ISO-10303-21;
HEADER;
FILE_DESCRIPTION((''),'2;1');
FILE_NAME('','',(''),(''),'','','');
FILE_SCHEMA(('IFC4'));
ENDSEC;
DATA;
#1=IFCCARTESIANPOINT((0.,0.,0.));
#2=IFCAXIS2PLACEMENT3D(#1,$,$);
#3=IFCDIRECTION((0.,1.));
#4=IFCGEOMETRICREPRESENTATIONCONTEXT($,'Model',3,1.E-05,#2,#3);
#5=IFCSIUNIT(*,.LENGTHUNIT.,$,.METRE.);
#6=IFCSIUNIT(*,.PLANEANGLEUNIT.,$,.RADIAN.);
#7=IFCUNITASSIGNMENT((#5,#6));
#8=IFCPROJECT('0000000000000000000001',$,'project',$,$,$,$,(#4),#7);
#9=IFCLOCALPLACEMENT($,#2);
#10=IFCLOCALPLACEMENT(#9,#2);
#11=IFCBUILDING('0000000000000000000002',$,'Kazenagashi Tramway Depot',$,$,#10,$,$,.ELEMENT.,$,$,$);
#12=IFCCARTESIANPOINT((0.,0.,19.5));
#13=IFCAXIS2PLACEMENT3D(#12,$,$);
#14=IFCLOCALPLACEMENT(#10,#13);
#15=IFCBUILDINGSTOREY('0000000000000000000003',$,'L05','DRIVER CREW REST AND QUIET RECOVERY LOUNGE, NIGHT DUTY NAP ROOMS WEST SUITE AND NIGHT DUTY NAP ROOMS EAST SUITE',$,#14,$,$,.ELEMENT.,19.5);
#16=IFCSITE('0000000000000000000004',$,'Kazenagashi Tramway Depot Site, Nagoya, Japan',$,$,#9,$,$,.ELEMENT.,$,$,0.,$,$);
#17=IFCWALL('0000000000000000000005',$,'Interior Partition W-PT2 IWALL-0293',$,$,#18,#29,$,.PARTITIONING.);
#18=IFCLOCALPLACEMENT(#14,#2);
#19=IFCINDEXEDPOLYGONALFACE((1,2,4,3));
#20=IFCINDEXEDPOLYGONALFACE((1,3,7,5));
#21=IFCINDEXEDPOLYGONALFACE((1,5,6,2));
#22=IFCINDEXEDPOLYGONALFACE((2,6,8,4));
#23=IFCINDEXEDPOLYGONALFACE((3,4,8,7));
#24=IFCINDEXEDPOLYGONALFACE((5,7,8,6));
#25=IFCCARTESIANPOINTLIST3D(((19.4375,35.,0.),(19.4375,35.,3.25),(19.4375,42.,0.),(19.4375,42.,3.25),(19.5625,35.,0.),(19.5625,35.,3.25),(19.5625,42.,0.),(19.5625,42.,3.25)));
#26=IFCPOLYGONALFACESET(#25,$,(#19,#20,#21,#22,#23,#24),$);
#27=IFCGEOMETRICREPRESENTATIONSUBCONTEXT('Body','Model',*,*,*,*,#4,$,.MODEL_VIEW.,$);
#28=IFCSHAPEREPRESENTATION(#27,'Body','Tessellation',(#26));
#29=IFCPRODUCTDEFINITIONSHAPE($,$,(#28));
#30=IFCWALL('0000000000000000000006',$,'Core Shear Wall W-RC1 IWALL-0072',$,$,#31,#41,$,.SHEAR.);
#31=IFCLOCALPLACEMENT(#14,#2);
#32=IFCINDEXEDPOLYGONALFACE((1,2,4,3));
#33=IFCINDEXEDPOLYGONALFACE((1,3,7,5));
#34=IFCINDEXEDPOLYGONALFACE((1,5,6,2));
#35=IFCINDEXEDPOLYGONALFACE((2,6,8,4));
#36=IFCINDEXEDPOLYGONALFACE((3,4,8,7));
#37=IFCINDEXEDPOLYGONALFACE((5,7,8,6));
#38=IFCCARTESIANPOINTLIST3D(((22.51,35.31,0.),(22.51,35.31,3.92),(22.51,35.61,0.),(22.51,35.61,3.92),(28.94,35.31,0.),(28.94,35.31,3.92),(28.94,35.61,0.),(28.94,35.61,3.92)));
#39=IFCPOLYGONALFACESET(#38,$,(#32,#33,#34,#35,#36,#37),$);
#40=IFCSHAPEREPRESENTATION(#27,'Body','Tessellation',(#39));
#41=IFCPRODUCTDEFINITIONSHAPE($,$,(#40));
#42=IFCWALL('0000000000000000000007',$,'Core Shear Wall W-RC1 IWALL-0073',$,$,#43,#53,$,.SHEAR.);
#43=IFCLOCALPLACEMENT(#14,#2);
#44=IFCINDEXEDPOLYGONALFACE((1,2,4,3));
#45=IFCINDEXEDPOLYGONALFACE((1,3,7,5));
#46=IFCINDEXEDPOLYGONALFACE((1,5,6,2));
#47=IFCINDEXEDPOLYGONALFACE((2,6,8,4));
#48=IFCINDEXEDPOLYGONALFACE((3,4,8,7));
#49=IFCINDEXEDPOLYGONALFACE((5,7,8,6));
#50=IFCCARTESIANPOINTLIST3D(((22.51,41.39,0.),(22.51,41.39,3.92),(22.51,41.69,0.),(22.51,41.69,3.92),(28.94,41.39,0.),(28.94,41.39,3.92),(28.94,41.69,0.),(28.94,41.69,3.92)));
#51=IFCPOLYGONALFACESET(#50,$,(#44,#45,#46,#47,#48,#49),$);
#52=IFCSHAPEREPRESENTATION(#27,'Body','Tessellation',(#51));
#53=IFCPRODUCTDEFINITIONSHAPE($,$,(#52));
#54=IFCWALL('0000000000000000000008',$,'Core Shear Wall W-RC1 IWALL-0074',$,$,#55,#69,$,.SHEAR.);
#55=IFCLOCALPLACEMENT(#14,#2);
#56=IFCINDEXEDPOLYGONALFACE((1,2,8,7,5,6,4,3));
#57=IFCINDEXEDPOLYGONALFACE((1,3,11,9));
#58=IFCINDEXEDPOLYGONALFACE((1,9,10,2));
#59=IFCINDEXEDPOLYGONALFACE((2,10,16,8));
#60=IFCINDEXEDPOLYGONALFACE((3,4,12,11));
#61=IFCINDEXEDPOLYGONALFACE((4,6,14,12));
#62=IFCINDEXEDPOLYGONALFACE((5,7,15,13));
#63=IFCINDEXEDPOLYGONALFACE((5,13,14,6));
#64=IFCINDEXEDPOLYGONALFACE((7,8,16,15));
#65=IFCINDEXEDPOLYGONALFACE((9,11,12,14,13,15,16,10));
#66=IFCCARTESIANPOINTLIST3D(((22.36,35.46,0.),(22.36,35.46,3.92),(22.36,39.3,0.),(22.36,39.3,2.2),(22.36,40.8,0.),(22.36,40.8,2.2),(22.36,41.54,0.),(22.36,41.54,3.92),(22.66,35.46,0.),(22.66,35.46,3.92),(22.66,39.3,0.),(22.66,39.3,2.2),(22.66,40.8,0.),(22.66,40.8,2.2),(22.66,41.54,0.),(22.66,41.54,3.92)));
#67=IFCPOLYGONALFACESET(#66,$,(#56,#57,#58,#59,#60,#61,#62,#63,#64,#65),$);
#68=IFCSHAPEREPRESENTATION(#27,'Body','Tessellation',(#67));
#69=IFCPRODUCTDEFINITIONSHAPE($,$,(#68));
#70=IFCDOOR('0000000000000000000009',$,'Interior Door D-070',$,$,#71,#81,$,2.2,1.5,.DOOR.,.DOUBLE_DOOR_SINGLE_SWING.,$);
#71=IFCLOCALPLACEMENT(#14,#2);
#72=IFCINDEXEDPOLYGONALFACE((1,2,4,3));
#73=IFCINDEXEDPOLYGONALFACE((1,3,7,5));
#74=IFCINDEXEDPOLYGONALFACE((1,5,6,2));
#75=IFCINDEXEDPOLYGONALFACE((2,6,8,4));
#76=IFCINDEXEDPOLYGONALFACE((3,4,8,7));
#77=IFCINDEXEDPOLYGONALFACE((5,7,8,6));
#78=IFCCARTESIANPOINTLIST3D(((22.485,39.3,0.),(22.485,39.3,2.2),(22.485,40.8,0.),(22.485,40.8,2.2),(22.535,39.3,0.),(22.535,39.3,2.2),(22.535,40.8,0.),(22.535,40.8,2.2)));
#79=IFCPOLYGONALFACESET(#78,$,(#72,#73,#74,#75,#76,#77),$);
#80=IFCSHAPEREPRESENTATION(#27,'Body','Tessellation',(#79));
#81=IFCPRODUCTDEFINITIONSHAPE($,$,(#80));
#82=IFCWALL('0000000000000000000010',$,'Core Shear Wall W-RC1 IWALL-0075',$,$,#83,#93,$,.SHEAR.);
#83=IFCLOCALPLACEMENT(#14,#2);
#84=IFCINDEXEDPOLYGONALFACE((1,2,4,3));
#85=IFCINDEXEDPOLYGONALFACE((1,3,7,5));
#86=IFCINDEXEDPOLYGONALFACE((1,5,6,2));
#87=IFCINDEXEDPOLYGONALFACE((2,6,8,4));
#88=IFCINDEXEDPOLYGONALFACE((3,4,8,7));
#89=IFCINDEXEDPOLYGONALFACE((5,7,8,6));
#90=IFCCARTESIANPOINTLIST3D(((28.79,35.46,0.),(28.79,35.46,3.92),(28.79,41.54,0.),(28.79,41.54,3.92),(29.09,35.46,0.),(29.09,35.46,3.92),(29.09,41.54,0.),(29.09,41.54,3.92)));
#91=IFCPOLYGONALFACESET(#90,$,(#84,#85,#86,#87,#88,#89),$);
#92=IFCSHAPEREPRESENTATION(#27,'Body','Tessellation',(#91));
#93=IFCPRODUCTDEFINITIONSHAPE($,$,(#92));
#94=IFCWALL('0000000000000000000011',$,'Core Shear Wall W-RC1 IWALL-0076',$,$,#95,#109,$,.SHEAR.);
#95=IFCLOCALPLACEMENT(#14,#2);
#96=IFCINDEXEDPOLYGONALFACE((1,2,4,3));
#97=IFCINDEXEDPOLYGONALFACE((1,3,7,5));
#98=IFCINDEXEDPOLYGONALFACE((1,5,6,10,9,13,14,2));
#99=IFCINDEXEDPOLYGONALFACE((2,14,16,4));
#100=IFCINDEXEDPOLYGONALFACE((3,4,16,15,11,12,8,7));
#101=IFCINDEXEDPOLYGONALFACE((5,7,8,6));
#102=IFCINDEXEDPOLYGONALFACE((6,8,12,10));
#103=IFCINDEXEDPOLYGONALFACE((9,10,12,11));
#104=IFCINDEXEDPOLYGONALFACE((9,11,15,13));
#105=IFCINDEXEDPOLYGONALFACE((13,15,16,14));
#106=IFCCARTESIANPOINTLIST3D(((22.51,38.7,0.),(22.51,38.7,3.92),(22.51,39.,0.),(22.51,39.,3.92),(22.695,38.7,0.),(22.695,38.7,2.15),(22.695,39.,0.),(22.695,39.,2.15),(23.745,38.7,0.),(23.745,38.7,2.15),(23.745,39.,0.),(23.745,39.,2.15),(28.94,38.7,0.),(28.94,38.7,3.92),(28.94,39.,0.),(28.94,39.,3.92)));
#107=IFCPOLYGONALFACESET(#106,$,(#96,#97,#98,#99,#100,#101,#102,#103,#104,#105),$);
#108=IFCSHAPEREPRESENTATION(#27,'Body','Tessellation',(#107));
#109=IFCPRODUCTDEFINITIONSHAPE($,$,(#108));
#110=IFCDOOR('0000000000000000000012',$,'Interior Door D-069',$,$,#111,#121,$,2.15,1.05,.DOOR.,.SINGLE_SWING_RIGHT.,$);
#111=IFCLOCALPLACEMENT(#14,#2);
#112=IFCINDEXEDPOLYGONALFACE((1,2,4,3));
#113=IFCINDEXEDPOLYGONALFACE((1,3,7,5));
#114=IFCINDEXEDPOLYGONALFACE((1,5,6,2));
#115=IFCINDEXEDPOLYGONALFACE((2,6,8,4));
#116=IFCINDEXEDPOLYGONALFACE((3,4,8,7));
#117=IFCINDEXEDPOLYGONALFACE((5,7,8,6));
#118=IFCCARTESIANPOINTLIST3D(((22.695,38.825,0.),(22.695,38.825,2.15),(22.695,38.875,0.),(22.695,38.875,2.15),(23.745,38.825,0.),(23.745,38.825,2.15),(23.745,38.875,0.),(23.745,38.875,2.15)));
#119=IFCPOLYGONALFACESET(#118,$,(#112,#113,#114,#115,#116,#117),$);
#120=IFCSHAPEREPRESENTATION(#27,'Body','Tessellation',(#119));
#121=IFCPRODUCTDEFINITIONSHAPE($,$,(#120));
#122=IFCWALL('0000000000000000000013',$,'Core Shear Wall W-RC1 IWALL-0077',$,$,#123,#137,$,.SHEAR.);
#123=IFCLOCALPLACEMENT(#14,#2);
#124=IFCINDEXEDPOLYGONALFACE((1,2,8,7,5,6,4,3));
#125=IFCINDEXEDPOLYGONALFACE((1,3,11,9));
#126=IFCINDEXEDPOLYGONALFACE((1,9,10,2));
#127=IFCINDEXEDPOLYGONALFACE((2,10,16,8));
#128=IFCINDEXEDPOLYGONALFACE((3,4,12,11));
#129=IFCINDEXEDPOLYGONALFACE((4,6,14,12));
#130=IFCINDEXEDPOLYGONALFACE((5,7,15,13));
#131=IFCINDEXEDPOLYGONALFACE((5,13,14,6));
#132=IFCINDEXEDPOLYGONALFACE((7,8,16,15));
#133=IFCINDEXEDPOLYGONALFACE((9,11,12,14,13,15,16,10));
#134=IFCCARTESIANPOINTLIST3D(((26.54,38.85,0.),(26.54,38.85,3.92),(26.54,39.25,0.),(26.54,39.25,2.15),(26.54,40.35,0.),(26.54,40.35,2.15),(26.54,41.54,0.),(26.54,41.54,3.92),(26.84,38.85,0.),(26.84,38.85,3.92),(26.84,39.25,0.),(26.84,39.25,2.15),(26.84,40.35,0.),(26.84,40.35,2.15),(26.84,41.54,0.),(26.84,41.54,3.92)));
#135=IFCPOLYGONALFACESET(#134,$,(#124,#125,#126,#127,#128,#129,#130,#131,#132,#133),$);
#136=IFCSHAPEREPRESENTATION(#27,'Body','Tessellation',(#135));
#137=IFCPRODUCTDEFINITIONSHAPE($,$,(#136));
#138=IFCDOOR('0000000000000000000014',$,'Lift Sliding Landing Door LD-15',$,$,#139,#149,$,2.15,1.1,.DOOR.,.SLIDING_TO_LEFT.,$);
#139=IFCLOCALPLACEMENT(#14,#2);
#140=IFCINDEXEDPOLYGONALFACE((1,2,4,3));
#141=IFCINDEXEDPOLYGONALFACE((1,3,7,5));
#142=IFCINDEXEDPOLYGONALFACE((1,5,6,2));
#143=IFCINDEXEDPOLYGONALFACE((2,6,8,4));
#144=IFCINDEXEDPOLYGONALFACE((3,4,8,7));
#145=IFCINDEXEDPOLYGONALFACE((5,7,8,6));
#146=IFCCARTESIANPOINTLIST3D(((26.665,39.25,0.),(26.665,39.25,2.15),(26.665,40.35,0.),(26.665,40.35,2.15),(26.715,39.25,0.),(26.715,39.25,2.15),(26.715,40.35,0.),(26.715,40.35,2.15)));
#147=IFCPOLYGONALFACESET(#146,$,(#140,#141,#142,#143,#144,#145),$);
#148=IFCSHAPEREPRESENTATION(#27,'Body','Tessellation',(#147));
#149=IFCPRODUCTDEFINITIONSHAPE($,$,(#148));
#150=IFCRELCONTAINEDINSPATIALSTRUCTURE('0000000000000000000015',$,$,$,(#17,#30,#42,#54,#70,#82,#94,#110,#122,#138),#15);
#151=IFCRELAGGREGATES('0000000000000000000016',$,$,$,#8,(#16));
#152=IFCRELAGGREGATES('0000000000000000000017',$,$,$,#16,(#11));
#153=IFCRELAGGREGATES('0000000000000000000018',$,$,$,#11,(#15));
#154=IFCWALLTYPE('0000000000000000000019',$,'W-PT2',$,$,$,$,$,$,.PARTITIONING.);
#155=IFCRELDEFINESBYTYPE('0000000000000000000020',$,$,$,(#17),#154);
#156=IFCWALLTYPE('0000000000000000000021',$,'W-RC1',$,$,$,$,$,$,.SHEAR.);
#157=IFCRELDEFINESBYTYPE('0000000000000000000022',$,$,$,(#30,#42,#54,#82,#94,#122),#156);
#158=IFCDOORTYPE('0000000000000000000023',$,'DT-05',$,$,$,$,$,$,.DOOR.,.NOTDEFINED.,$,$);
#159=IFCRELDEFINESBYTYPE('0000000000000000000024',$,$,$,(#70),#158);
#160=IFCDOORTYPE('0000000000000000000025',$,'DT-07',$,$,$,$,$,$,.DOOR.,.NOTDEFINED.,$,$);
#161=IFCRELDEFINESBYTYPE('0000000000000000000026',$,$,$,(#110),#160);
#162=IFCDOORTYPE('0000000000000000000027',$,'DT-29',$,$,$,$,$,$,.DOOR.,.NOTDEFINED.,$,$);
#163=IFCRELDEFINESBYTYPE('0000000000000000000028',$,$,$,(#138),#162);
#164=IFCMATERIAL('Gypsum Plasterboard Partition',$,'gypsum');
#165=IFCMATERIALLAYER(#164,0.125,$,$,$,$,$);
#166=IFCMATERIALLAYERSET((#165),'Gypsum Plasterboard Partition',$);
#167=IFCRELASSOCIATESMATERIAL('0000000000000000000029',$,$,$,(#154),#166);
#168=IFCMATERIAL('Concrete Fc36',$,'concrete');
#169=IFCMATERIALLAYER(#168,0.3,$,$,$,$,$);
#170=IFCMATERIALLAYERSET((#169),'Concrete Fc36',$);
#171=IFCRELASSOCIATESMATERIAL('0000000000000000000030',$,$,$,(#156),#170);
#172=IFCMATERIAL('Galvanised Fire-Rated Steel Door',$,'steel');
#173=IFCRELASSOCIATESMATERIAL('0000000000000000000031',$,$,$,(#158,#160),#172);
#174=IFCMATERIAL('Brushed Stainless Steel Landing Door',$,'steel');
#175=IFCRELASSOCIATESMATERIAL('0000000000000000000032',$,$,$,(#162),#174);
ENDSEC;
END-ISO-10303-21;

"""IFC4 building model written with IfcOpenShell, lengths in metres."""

from ifc_helpers import new_model, si_unit, direction, frame, frame_2d, origin, place, context, subcontext, project, spatial, rectangle, extrude, material, layer, layer_set, type_object, element, fill, save


model = new_model("IFC4")

# Units and contexts
model_context = context("Model", 3, precision=1e-05, world=origin(), true_north=direction((0.0, 1.0)))
body_context = subcontext(model_context, "Body", "Model", "MODEL_VIEW")
ifc_project = project(units=[si_unit("LENGTHUNIT", "METRE"), si_unit("PLANEANGLEUNIT", "RADIAN")], contexts=[model_context])

# Site, building, storey
site_placement = place(None, origin())
site = spatial("IfcSite", under=ifc_project, at=site_placement, Name="Kazenagashi Tramway Depot Site, Nagoya, Japan", CompositionType="ELEMENT", RefElevation=0.0)
building_placement = place(site_placement, origin())
building = spatial("IfcBuilding", under=site, at=building_placement, Name="Kazenagashi Tramway Depot", CompositionType="ELEMENT")
storey_placement = place(building_placement, frame((0.0, 0.0, 19.5)))
storey = spatial("IfcBuildingStorey", under=building, at=storey_placement, Name="L05", Description="DRIVER CREW REST AND QUIET RECOVERY LOUNGE, NIGHT DUTY NAP ROOMS WEST SUITE AND NIGHT DUTY NAP ROOMS EAST SUITE", CompositionType="ELEMENT", Elevation=19.5)

# Walls
ifc_material_1 = material(Name="Gypsum Plasterboard Partition", Category="gypsum")
ifc_layer_1 = layer(ifc_material_1, 0.125)
ifc_layer_set_1 = layer_set([ifc_layer_1], Name="Gypsum Plasterboard Partition")
wall_type_1 = type_object("IfcWallType", Name="W-PT2", PredefinedType="PARTITIONING", material=ifc_layer_set_1)
wall_1_placement = place(storey_placement, frame((19.5, 35.0, 0.0), z_axis=(0.0, 0.0, 1.0), x_axis=(0.0, 1.0, 0.0)))
element("IfcWall", 1, at=wall_1_placement, inside=storey, type_object=wall_type_1, Name="Interior Partition W-PT2 IWALL-0293", PredefinedType="PARTITIONING", context=body_context, shape_type="SweptSolid", body=[
    extrude(rectangle(XDim=7.0, YDim=0.125, at=frame_2d((3.5, 0.0))), origin(), (0.0, 0.0, 1.0), 3.25),
])
ifc_material_2 = material(Name="Concrete Fc36", Category="concrete")
ifc_layer_2 = layer(ifc_material_2, 0.3)
ifc_layer_set_2 = layer_set([ifc_layer_2], Name="Concrete Fc36")
wall_type_2 = type_object("IfcWallType", Name="W-RC1", PredefinedType="SHEAR", material=ifc_layer_set_2)
for number, where, z_axis, x_axis, name in (
    (2, (22.51, 35.46, 0.0), (0.0, 0.0, 1.0), (1.0, 0.0, 0.0), "Core Shear Wall W-RC1 IWALL-0072"),
    (3, (22.51, 41.54, 0.0), (0.0, 0.0, 1.0), (1.0, 0.0, 0.0), "Core Shear Wall W-RC1 IWALL-0073"),
):
    element("IfcWall", number, at=place(storey_placement, frame(where, z_axis=z_axis, x_axis=x_axis)), inside=storey, type_object=wall_type_2, Name=name, PredefinedType="SHEAR", context=body_context, shape_type="SweptSolid", body=[
        extrude(rectangle(XDim=6.43, YDim=0.3, at=frame_2d((3.215, 0.0))), origin(), (0.0, 0.0, 1.0), 3.92),
    ])

# Wall, opening, door
wall_2_placement = place(storey_placement, frame((22.51, 35.46, 0.0), z_axis=(0.0, 0.0, 1.0), x_axis=(0.0, 1.0, 0.0)))
wall_2 = element("IfcWall", 4, at=wall_2_placement, inside=storey, type_object=wall_type_2, Name="Core Shear Wall W-RC1 IWALL-0074", PredefinedType="SHEAR", context=body_context, shape_type="SweptSolid", body=[
    extrude(rectangle(XDim=6.08, YDim=0.3, at=frame_2d((3.04, 0.0))), origin(), (0.0, 0.0, 1.0), 3.92),
])
opening_1_placement = place(wall_2_placement, frame((3.84, 0.0, 0.0)))
opening_1 = element("IfcOpeningElement", 5, at=opening_1_placement, cuts=wall_2, PredefinedType="OPENING", context=body_context, shape_type="SweptSolid", body=[
    extrude(rectangle(XDim=1.5, YDim=2.2, at=frame_2d((0.75, 1.1))), frame((0.0, 0.16, 0.0), z_axis=(0.0, -1.0, 0.0), x_axis=(1.0, 0.0, 0.0)), (0.0, 0.0, 1.0), 0.32),
])
ifc_material_3 = material(Name="Galvanised Fire-Rated Steel Door", Category="steel")
door_type_1 = type_object("IfcDoorType", Name="DT-05", OperationType="NOTDEFINED", PredefinedType="DOOR", material=ifc_material_3)
door_1_placement = place(opening_1_placement, origin())
door_1 = element("IfcDoor", 6, at=door_1_placement, inside=storey, type_object=door_type_1, Name="Interior Door D-070", OperationType="DOUBLE_DOOR_SINGLE_SWING", OverallHeight=2.2, OverallWidth=1.5, PredefinedType="DOOR", context=body_context, shape_type="SweptSolid", body=[
    extrude(rectangle(XDim=1.5, YDim=2.2, at=frame_2d((0.75, 1.1))), frame((0.0, 0.025, 0.0), z_axis=(0.0, -1.0, 0.0), x_axis=(1.0, 0.0, 0.0)), (0.0, 0.0, 1.0), 0.05),
])
fill(opening_1, door_1)

# Wall
wall_3_placement = place(storey_placement, frame((28.94, 35.46, 0.0), z_axis=(0.0, 0.0, 1.0), x_axis=(0.0, 1.0, 0.0)))
element("IfcWall", 7, at=wall_3_placement, inside=storey, type_object=wall_type_2, Name="Core Shear Wall W-RC1 IWALL-0075", PredefinedType="SHEAR", context=body_context, shape_type="SweptSolid", body=[
    extrude(rectangle(XDim=6.08, YDim=0.3, at=frame_2d((3.04, 0.0))), origin(), (0.0, 0.0, 1.0), 3.92),
])

# Walls, openings, doors
wall_4_placement = place(storey_placement, frame((22.51, 38.85, 0.0), z_axis=(0.0, 0.0, 1.0), x_axis=(1.0, 0.0, 0.0)))
wall_4 = element("IfcWall", 8, at=wall_4_placement, inside=storey, type_object=wall_type_2, Name="Core Shear Wall W-RC1 IWALL-0076", PredefinedType="SHEAR", context=body_context, shape_type="SweptSolid", body=[
    extrude(rectangle(XDim=6.43, YDim=0.3, at=frame_2d((3.215, 0.0))), origin(), (0.0, 0.0, 1.0), 3.92),
])
opening_2_placement = place(wall_4_placement, frame((0.185, 0.0, 0.0)))
opening_2 = element("IfcOpeningElement", 9, at=opening_2_placement, cuts=wall_4, PredefinedType="OPENING", context=body_context, shape_type="SweptSolid", body=[
    extrude(rectangle(XDim=1.05, YDim=2.15, at=frame_2d((0.525, 1.075))), frame((0.0, 0.16, 0.0), z_axis=(0.0, -1.0, 0.0), x_axis=(1.0, 0.0, 0.0)), (0.0, 0.0, 1.0), 0.32),
])
door_type_2 = type_object("IfcDoorType", Name="DT-07", OperationType="NOTDEFINED", PredefinedType="DOOR", material=ifc_material_3)
door_2_placement = place(opening_2_placement, origin())
door_2 = element("IfcDoor", 10, at=door_2_placement, inside=storey, type_object=door_type_2, Name="Interior Door D-069", OperationType="SINGLE_SWING_RIGHT", OverallHeight=2.15, OverallWidth=1.05, PredefinedType="DOOR", context=body_context, shape_type="SweptSolid", body=[
    extrude(rectangle(XDim=1.05, YDim=2.15, at=frame_2d((0.525, 1.075))), frame((0.0, 0.025, 0.0), z_axis=(0.0, -1.0, 0.0), x_axis=(1.0, 0.0, 0.0)), (0.0, 0.0, 1.0), 0.05),
])
fill(opening_2, door_2)
wall_5_placement = place(storey_placement, frame((26.69, 38.85, 0.0), z_axis=(0.0, 0.0, 1.0), x_axis=(0.0, 1.0, 0.0)))
wall_5 = element("IfcWall", 11, at=wall_5_placement, inside=storey, type_object=wall_type_2, Name="Core Shear Wall W-RC1 IWALL-0077", PredefinedType="SHEAR", context=body_context, shape_type="SweptSolid", body=[
    extrude(rectangle(XDim=2.69, YDim=0.3, at=frame_2d((1.345, 0.0))), origin(), (0.0, 0.0, 1.0), 3.92),
])
opening_3_placement = place(wall_5_placement, frame((0.4, 0.0, 0.0)))
opening_3 = element("IfcOpeningElement", 12, at=opening_3_placement, cuts=wall_5, PredefinedType="OPENING", context=body_context, shape_type="SweptSolid", body=[
    extrude(rectangle(XDim=1.1, YDim=2.15, at=frame_2d((0.55, 1.075))), frame((0.0, 0.16, 0.0), z_axis=(0.0, -1.0, 0.0), x_axis=(1.0, 0.0, 0.0)), (0.0, 0.0, 1.0), 0.32),
])
ifc_material_4 = material(Name="Brushed Stainless Steel Landing Door", Category="steel")
door_type_3 = type_object("IfcDoorType", Name="DT-29", OperationType="NOTDEFINED", PredefinedType="DOOR", material=ifc_material_4)
door_3_placement = place(opening_3_placement, origin())
door_3 = element("IfcDoor", 13, at=door_3_placement, inside=storey, type_object=door_type_3, Name="Lift Sliding Landing Door LD-15", OperationType="SLIDING_TO_LEFT", OverallHeight=2.15, OverallWidth=1.1, PredefinedType="DOOR", context=body_context, shape_type="SweptSolid", body=[
    extrude(rectangle(XDim=1.1, YDim=2.15, at=frame_2d((0.55, 1.075))), frame((0.0, 0.025, 0.0), z_axis=(0.0, -1.0, 0.0), x_axis=(1.0, 0.0, 0.0)), (0.0, 0.0, 1.0), 0.05),
])
fill(opening_3, door_3)

save(model, "model.ifc")
